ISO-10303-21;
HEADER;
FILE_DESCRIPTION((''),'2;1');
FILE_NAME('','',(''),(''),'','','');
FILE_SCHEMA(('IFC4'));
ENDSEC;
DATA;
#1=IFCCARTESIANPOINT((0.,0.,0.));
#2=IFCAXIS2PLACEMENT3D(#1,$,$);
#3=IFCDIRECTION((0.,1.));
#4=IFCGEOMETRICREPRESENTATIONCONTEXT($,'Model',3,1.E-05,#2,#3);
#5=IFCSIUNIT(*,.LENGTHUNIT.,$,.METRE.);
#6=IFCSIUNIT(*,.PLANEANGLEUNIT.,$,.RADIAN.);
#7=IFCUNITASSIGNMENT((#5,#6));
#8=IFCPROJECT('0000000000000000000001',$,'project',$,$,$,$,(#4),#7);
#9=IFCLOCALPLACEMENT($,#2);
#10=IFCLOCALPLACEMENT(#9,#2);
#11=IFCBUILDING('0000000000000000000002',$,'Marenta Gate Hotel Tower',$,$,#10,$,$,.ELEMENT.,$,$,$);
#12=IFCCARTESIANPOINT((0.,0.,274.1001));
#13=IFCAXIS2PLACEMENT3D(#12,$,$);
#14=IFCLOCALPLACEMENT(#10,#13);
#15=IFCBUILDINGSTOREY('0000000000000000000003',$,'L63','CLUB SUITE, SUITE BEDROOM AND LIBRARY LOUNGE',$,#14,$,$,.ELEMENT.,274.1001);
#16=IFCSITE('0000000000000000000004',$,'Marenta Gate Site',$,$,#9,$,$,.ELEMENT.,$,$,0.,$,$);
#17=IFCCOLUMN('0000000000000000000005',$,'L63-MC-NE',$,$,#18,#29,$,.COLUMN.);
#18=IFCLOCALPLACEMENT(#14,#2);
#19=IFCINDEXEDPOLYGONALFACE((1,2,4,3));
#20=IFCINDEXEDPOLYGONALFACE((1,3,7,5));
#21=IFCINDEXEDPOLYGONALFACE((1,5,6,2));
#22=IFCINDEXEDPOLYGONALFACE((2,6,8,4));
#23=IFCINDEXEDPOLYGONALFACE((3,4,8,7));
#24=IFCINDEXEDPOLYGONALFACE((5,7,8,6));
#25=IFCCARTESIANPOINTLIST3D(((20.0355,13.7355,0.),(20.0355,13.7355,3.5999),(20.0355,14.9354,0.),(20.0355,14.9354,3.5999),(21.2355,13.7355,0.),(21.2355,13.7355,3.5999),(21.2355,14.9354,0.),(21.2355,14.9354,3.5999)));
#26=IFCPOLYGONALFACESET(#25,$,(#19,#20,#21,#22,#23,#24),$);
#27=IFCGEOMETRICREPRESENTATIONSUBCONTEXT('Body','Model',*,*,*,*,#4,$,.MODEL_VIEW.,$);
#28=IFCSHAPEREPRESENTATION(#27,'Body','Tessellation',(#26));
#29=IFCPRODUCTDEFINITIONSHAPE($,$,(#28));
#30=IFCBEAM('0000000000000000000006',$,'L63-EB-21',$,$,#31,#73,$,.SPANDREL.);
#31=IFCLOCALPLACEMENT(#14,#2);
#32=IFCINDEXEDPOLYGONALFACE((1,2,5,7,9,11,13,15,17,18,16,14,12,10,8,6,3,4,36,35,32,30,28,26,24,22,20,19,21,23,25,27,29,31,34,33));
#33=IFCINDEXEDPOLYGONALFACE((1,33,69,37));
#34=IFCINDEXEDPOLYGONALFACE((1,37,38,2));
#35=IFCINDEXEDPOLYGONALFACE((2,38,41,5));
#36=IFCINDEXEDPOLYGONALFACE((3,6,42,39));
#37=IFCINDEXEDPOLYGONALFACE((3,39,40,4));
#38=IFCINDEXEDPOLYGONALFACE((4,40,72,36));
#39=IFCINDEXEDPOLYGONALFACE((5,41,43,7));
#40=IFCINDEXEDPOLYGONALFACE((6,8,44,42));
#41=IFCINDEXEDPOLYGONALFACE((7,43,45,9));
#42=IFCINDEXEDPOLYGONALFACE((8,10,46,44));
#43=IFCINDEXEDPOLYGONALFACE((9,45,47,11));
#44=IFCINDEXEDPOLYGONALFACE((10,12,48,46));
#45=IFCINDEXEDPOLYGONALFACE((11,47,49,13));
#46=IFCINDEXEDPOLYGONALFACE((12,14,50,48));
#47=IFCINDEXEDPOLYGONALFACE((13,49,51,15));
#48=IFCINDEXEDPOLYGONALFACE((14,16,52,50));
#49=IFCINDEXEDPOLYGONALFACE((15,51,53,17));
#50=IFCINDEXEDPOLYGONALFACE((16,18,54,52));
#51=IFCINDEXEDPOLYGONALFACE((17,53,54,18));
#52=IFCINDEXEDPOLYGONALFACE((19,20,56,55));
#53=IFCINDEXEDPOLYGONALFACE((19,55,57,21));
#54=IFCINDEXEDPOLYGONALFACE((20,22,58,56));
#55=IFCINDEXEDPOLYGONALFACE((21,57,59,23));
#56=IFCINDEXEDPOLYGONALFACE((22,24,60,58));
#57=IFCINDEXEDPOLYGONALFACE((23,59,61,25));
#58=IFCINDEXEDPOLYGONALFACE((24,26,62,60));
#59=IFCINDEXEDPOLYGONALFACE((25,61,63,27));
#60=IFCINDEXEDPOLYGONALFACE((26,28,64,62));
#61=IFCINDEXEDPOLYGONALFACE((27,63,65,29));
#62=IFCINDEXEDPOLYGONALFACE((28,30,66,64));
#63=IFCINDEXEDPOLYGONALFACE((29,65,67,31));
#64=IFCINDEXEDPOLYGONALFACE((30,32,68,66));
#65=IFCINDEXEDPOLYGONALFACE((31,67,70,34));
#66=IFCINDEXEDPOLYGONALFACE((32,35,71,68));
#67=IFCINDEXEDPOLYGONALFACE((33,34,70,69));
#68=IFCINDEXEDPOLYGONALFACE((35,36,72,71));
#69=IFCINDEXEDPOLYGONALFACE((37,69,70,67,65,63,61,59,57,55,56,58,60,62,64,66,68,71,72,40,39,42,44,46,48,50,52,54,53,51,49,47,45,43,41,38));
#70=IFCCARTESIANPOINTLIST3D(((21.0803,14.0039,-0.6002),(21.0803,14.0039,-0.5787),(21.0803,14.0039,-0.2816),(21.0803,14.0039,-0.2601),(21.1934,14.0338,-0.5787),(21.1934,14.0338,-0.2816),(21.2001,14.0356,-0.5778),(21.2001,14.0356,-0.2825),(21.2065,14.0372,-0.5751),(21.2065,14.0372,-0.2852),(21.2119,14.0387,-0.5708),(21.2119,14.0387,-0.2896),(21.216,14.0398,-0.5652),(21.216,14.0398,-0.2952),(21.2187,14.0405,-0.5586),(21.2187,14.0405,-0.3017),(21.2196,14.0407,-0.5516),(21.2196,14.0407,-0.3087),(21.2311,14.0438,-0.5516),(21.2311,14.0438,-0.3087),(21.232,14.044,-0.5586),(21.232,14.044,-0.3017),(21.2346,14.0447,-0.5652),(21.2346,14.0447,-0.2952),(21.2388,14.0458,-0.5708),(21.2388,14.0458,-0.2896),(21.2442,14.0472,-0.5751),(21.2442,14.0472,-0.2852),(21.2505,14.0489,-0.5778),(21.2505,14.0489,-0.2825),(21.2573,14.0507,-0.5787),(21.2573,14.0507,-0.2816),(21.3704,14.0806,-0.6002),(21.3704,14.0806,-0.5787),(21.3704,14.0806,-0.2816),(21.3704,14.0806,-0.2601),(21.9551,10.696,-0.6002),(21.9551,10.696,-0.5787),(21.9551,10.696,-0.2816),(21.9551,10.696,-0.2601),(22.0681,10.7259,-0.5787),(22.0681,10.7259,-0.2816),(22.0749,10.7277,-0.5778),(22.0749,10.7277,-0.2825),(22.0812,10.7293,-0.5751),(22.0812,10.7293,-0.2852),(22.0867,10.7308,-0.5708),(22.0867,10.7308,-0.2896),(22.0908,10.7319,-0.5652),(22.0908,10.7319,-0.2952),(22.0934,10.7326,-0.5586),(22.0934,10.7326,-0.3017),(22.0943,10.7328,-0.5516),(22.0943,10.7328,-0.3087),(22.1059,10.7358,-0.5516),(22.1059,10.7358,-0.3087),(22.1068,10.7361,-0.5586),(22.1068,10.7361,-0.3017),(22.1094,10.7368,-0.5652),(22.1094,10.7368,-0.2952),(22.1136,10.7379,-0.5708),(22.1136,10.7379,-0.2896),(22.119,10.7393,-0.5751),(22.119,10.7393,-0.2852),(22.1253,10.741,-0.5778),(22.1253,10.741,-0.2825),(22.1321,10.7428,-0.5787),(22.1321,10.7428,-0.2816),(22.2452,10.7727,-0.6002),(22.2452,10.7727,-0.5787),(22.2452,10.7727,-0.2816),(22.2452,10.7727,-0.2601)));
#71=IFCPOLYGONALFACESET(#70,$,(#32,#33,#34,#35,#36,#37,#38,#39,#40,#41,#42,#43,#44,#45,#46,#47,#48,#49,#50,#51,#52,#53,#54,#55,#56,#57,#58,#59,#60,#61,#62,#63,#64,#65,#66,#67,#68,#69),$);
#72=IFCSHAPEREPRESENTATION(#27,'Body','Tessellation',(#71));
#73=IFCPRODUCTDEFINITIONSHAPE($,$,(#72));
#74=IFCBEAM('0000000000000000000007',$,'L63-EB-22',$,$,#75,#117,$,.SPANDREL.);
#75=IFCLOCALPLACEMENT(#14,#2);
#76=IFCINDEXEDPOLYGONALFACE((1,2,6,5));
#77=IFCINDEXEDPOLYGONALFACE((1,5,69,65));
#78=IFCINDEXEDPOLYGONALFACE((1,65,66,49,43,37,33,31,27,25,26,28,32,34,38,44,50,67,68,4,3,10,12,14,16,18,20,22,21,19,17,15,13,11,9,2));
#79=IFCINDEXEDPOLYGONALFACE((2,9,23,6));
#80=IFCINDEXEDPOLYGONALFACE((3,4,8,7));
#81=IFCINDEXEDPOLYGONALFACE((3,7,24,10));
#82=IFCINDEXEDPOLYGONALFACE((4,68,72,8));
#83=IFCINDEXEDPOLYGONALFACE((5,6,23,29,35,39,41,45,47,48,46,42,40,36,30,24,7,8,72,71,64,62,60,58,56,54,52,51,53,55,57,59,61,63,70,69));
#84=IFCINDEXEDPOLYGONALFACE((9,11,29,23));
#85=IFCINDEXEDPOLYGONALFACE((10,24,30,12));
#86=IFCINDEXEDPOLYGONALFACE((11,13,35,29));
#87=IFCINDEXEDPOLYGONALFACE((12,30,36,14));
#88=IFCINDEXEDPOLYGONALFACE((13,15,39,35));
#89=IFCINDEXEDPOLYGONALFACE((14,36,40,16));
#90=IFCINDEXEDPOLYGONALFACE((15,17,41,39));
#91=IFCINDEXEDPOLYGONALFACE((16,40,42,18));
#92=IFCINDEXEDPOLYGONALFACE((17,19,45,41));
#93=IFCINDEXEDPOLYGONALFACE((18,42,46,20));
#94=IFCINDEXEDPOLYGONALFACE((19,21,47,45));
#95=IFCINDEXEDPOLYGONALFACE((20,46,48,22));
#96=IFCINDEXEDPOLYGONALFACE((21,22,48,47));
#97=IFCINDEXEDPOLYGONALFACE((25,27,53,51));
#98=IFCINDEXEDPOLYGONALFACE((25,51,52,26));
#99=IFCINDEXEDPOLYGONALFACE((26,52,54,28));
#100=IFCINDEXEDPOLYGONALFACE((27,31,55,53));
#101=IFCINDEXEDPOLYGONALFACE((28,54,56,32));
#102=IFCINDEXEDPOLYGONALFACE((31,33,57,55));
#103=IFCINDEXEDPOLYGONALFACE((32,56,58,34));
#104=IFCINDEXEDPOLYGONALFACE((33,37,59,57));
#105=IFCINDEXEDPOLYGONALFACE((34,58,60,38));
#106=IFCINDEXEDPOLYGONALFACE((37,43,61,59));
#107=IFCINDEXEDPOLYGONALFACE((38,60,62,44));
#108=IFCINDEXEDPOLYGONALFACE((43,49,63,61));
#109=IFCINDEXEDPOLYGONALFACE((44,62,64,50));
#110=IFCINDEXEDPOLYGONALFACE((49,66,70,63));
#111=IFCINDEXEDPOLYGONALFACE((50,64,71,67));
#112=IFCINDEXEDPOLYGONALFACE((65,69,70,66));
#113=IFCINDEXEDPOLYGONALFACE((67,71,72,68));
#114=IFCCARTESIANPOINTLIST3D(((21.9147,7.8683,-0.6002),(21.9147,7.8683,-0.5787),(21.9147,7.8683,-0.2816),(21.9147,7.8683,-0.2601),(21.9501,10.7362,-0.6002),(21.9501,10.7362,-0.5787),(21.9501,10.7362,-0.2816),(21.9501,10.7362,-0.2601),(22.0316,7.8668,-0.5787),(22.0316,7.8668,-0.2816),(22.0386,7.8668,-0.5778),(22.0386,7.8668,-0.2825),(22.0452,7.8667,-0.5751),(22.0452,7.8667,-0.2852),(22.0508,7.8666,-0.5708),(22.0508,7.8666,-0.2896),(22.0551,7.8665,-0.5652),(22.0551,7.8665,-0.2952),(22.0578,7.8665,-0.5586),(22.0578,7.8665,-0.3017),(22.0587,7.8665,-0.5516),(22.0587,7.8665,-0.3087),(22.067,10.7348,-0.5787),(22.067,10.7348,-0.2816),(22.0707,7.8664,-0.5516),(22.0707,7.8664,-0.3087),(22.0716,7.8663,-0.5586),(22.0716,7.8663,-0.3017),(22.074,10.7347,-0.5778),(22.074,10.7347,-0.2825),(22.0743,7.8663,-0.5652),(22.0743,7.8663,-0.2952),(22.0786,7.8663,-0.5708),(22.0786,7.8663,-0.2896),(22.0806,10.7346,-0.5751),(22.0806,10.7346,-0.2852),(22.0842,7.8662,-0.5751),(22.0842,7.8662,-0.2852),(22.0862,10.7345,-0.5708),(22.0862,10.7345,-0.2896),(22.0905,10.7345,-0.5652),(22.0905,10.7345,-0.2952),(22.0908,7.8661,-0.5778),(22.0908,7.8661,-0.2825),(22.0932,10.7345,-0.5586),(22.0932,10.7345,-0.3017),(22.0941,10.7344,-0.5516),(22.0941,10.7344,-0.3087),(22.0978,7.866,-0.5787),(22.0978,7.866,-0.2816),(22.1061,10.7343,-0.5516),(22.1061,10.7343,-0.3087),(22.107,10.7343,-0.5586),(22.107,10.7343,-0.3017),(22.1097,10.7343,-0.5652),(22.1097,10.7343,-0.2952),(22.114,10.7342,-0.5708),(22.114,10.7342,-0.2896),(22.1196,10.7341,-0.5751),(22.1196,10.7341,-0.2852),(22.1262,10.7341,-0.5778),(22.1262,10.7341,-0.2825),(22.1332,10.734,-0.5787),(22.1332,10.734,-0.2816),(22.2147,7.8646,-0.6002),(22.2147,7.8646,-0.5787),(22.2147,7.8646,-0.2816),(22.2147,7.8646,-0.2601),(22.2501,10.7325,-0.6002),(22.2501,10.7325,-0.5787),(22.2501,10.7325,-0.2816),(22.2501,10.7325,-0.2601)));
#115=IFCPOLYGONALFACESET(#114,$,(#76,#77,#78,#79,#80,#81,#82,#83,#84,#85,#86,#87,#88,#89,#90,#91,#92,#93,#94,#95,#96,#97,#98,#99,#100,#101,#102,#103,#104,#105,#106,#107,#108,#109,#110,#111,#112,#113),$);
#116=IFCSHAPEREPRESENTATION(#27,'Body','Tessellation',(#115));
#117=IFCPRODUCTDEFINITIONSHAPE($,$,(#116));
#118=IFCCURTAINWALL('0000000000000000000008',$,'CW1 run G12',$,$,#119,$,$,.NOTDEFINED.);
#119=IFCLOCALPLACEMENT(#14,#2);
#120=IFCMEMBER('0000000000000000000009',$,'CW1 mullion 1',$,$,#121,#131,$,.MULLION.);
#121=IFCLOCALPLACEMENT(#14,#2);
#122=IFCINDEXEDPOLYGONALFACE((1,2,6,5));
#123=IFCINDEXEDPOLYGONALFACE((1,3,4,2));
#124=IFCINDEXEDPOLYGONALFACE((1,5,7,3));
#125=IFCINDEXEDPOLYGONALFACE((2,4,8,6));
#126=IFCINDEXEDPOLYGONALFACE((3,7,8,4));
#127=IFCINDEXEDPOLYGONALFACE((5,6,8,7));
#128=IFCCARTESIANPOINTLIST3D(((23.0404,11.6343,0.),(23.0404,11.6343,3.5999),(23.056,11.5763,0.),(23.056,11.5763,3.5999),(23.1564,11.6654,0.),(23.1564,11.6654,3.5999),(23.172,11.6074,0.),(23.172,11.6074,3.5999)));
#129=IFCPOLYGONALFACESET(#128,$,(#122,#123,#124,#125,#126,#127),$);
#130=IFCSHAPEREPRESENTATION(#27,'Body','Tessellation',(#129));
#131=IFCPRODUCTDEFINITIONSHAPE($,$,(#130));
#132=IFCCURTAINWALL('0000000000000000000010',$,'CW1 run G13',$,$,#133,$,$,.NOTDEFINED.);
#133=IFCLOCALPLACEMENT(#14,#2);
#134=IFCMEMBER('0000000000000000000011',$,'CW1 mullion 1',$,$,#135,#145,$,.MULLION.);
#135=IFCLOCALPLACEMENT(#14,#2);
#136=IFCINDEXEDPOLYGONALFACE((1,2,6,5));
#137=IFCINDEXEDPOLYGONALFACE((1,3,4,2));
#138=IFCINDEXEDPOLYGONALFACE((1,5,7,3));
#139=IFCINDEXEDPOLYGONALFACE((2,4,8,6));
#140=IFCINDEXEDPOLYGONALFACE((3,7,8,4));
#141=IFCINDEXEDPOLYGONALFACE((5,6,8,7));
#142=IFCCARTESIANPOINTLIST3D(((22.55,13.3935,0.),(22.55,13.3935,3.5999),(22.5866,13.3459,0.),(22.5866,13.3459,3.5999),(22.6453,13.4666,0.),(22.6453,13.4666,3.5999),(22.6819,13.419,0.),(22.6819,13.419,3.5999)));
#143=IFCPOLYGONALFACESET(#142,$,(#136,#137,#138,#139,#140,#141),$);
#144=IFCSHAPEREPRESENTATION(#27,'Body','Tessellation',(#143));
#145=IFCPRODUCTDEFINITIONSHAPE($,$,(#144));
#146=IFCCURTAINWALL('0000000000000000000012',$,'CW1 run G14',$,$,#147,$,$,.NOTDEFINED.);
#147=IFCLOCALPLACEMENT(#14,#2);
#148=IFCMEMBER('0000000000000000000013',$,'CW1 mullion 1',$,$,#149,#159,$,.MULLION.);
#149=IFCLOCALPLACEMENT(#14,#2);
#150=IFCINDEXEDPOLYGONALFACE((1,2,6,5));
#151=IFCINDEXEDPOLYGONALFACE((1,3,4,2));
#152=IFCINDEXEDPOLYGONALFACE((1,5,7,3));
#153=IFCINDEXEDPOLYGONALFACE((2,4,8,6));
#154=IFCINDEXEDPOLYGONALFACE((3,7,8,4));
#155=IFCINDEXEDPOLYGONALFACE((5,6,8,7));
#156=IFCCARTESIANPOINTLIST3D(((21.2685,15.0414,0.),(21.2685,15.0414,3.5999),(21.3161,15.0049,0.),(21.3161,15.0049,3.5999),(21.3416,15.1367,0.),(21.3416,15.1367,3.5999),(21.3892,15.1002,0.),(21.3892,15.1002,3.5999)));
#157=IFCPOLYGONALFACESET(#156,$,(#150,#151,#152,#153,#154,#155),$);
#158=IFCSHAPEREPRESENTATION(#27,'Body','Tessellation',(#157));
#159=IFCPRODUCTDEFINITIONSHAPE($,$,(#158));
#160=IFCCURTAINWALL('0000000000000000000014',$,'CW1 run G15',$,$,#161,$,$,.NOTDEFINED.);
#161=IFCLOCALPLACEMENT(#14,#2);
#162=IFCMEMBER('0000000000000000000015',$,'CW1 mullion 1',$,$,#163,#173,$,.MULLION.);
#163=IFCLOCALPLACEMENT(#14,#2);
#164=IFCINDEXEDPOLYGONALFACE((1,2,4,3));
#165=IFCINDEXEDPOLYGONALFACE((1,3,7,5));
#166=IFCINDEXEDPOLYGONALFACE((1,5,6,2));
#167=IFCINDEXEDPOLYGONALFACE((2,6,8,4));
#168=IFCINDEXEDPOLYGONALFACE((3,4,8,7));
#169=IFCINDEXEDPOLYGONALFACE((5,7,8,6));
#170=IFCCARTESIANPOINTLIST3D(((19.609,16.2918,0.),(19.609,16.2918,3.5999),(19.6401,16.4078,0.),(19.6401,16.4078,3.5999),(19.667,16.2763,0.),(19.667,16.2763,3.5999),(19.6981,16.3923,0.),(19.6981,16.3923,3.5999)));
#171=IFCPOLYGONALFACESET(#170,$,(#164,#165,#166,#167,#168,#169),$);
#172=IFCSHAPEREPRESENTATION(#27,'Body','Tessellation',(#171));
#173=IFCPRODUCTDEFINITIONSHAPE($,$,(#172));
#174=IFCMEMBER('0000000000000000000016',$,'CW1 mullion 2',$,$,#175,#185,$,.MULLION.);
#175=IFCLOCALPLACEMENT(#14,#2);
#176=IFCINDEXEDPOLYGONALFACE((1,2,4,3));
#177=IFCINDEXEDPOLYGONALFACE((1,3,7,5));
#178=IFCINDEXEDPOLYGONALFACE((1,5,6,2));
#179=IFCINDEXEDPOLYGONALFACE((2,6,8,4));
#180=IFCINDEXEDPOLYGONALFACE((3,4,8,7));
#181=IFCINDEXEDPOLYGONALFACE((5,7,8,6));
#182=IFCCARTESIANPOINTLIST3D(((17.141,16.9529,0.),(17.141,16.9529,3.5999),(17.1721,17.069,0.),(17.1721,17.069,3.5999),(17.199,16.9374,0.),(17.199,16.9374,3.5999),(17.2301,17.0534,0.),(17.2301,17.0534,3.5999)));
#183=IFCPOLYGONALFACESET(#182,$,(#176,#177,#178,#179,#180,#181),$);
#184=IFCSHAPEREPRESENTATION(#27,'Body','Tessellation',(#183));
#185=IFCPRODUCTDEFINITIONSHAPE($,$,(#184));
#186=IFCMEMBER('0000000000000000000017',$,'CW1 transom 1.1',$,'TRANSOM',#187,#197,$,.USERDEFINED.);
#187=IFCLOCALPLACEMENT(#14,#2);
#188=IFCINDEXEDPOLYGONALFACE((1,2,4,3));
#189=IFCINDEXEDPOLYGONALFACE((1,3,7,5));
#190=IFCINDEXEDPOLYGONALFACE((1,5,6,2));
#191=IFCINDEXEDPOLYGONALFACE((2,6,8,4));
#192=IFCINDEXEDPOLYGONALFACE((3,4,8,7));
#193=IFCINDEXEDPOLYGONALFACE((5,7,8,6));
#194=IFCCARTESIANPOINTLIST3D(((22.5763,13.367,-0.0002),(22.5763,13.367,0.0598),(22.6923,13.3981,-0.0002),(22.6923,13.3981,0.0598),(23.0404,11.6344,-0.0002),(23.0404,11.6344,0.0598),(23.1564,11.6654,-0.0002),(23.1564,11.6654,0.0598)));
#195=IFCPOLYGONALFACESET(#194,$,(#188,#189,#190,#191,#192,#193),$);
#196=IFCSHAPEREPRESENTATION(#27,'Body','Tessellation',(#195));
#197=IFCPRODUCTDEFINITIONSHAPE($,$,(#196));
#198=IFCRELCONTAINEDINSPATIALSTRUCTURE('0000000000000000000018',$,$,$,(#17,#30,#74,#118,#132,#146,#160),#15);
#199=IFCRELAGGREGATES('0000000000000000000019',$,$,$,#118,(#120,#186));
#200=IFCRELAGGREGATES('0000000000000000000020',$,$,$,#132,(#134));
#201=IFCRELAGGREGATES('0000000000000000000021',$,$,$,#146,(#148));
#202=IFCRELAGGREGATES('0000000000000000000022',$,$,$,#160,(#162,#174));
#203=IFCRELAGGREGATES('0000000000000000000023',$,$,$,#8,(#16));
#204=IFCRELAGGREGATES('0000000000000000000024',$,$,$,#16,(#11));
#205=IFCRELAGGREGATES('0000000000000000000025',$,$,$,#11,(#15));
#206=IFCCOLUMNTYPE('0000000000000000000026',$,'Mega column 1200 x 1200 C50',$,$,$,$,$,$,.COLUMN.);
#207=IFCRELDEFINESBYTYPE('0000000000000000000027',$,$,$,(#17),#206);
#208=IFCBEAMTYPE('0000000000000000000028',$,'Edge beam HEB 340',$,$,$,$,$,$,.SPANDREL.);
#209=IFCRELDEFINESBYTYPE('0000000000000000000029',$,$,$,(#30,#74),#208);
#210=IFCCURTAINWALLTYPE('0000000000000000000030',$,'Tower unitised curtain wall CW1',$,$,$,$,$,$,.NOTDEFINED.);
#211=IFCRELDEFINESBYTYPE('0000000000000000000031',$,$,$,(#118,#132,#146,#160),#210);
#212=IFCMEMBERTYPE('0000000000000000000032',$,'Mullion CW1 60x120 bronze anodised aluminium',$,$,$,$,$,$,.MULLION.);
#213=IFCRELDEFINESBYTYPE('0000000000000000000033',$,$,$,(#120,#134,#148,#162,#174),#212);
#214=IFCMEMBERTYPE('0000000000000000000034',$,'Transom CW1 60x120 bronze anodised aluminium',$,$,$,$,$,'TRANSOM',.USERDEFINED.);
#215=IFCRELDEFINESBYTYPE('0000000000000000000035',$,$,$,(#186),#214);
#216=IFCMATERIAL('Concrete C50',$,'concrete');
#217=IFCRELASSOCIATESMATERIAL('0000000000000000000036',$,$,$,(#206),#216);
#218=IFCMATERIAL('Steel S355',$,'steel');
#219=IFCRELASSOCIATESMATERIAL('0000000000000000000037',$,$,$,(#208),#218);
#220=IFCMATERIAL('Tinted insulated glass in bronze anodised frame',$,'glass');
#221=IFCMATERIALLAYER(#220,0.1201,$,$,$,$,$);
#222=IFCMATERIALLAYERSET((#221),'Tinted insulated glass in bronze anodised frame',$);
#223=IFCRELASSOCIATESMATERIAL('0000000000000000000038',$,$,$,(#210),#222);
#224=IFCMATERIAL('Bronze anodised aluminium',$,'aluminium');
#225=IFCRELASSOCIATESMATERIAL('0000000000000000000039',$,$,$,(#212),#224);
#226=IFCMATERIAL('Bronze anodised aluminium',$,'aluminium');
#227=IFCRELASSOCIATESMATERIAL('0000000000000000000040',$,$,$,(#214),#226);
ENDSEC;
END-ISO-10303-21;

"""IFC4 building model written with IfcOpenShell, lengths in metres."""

from ifc_helpers import new_model, si_unit, direction, frame, origin, origin_2d, place, context, subcontext, project, spatial, rectangle, i_section, extrude, material, layer, layer_set, material_profile, profile_set, type_object, element, aggregate, save


model = new_model("IFC4")

# Units and contexts
model_context = context("Model", 3, precision=1e-05, world=origin(), true_north=direction((0.0, 1.0)))
body_context = subcontext(model_context, "Body", "Model", "MODEL_VIEW")
ifc_project = project(units=[si_unit("LENGTHUNIT", "METRE"), si_unit("PLANEANGLEUNIT", "RADIAN")], contexts=[model_context])

# Site, building, storey
site_placement = place(None, origin())
site = spatial("IfcSite", under=ifc_project, at=site_placement, Name="Marenta Gate Site", CompositionType="ELEMENT", RefElevation=0.0)
building_placement = place(site_placement, origin())
building = spatial("IfcBuilding", under=site, at=building_placement, Name="Marenta Gate Hotel Tower", CompositionType="ELEMENT")
storey_placement = place(building_placement, frame((0.0, 0.0, 274.1001)))
storey = spatial("IfcBuildingStorey", under=building, at=storey_placement, Name="L63", Description="CLUB SUITE, SUITE BEDROOM AND LIBRARY LOUNGE", CompositionType="ELEMENT", Elevation=274.1001)

# Column
ifc_material_1 = material(Name="Concrete C50", Category="concrete")
ifc_material_profile_1 = material_profile(ifc_material_1, rectangle(XDim=1.2, YDim=1.2, at=origin_2d()), Name="1200 x 1200")
ifc_profile_set_1 = profile_set([ifc_material_profile_1], Name="Concrete C50")
column_type = type_object("IfcColumnType", Name="Mega column 1200 x 1200 C50", PredefinedType="COLUMN", material=ifc_profile_set_1)
column_placement = place(storey_placement, frame((20.6355, 14.3354, 0.0), z_axis=(0.0, 0.0, 1.0), x_axis=(1.0, 0.0, 0.0)))
element("IfcColumn", 1, at=column_placement, inside=storey, type_object=column_type, Name="L63-MC-NE", PredefinedType="COLUMN", context=body_context, shape_type="SweptSolid", body=[
    extrude(rectangle(XDim=1.2, YDim=1.2, at=origin_2d()), origin(), (0.0, 0.0, 1.0), 3.5999),
])

# Beams
ifc_material_2 = material(Name="Steel S355", Category="steel")
ifc_material_profile_2 = material_profile(ifc_material_2, i_section(OverallWidth=0.3, OverallDepth=0.3401, WebThickness=0.012, FlangeThickness=0.0215, FilletRadius=0.0271, at=origin_2d()), Name="HEB 340")
ifc_profile_set_2 = profile_set([ifc_material_profile_2], Name="Steel S355")
beam_type = type_object("IfcBeamType", Name="Edge beam HEB 340", PredefinedType="SPANDREL", material=ifc_profile_set_2)
beam_1_placement = place(storey_placement, frame((21.2253, 14.0422, -0.4302), z_axis=(0.255659, -0.966767, 0.0), x_axis=(0.966767, 0.255659, 0.0)))
element("IfcBeam", 2, at=beam_1_placement, inside=storey, type_object=beam_type, Name="L63-EB-21", PredefinedType="SPANDREL", context=body_context, shape_type="SweptSolid", body=[
    extrude(i_section(OverallWidth=0.3, OverallDepth=0.3401, WebThickness=0.012, FlangeThickness=0.0215, FilletRadius=0.0271, at=origin_2d()), origin(), (0.0, 0.0, 1.0), 3.4216),
])
beam_2_placement = place(storey_placement, frame((22.1001, 10.7344, -0.4302), z_axis=(-0.012343, -0.999924, 0.0), x_axis=(0.999924, -0.012343, 0.0)))
element("IfcBeam", 3, at=beam_2_placement, inside=storey, type_object=beam_type, Name="L63-EB-22", PredefinedType="SPANDREL", context=body_context, shape_type="SweptSolid", body=[
    extrude(i_section(OverallWidth=0.3, OverallDepth=0.3401, WebThickness=0.012, FlangeThickness=0.0215, FilletRadius=0.0271, at=origin_2d()), origin(), (0.0, 0.0, 1.0), 2.8682),
])

# Curtain walls, members
ifc_material_3 = material(Name="Tinted insulated glass in bronze anodised frame", Category="glass")
ifc_layer_1 = layer(ifc_material_3, 0.1201)
ifc_layer_set_1 = layer_set([ifc_layer_1], Name="Tinted insulated glass in bronze anodised frame")
curtain_wall_type = type_object("IfcCurtainWallType", Name="Tower unitised curtain wall CW1", PredefinedType="NOTDEFINED", material=ifc_layer_set_1)
curtain_wall_1_placement = place(storey_placement, origin())
curtain_wall_1 = element("IfcCurtainWall", 4, at=curtain_wall_1_placement, inside=storey, type_object=curtain_wall_type, Name="CW1 run G12", PredefinedType="NOTDEFINED")
ifc_material_4 = material(Name="Bronze anodised aluminium", Category="aluminium")
ifc_material_profile_3 = material_profile(ifc_material_4, rectangle(XDim=0.1201, YDim=0.0601, at=origin_2d()), Name="Mullion CW1 60x120 bronze anodised aluminium")
ifc_profile_set_3 = profile_set([ifc_material_profile_3], Name="Bronze anodised aluminium")
member_type_1 = type_object("IfcMemberType", Name="Mullion CW1 60x120 bronze anodised aluminium", PredefinedType="MULLION", material=ifc_profile_set_3)
member_1_placement = place(storey_placement, frame((23.1062, 11.6208, 0.0), z_axis=(0.0, 0.0, 1.0), x_axis=(-0.965924, -0.258824, 0.0)))
member_1 = element("IfcMember", 5, at=member_1_placement, type_object=member_type_1, Name="CW1 mullion 1", PredefinedType="MULLION", context=body_context, shape_type="SweptSolid", body=[
    extrude(rectangle(XDim=0.1201, YDim=0.0601, at=origin_2d()), origin(), (0.0, 0.0, 1.0), 3.5999),
])
curtain_wall_2_placement = place(storey_placement, origin())
curtain_wall_2 = element("IfcCurtainWall", 6, at=curtain_wall_2_placement, inside=storey, type_object=curtain_wall_type, Name="CW1 run G13", PredefinedType="NOTDEFINED")
member_2_placement = place(storey_placement, frame((22.616, 13.4062, 0.0), z_axis=(0.0, 0.0, 1.0), x_axis=(-0.793333, -0.608787, 0.0)))
member_2 = element("IfcMember", 7, at=member_2_placement, type_object=member_type_1, Name="CW1 mullion 1", PredefinedType="MULLION", context=body_context, shape_type="SweptSolid", body=[
    extrude(rectangle(XDim=0.1201, YDim=0.0601, at=origin_2d()), origin(), (0.0, 0.0, 1.0), 3.5999),
])
curtain_wall_3_placement = place(storey_placement, origin())
curtain_wall_3 = element("IfcCurtainWall", 8, at=curtain_wall_3_placement, inside=storey, type_object=curtain_wall_type, Name="CW1 run G14", PredefinedType="NOTDEFINED")
member_3_placement = place(storey_placement, frame((21.3289, 15.0708, 0.0), z_axis=(0.0, 0.0, 1.0), x_axis=(-0.608787, -0.793333, 0.0)))
member_3 = element("IfcMember", 9, at=member_3_placement, type_object=member_type_1, Name="CW1 mullion 1", PredefinedType="MULLION", context=body_context, shape_type="SweptSolid", body=[
    extrude(rectangle(XDim=0.1201, YDim=0.0601, at=origin_2d()), origin(), (0.0, 0.0, 1.0), 3.5999),
])

# Curtain wall, members
curtain_wall_4_placement = place(storey_placement, origin())
curtain_wall_4 = element("IfcCurtainWall", 10, at=curtain_wall_4_placement, inside=storey, type_object=curtain_wall_type, Name="CW1 run G15", PredefinedType="NOTDEFINED")
member_4_placement = place(storey_placement, frame((19.6536, 16.342, 0.0), z_axis=(0.0, 0.0, 1.0), x_axis=(-0.258805, -0.96593, 0.0)))
member_4 = element("IfcMember", 11, at=member_4_placement, type_object=member_type_1, Name="CW1 mullion 1", PredefinedType="MULLION", context=body_context, shape_type="SweptSolid", body=[
    extrude(rectangle(XDim=0.1201, YDim=0.0601, at=origin_2d()), origin(), (0.0, 0.0, 1.0), 3.5999),
])
member_5_placement = place(storey_placement, frame((17.1855, 17.0032, 0.0), z_axis=(0.0, 0.0, 1.0), x_axis=(-0.258805, -0.96593, 0.0)))
member_5 = element("IfcMember", 12, at=member_5_placement, type_object=member_type_1, Name="CW1 mullion 2", PredefinedType="MULLION", context=body_context, shape_type="SweptSolid", body=[
    extrude(rectangle(XDim=0.1201, YDim=0.0601, at=origin_2d()), origin(), (0.0, 0.0, 1.0), 3.5999),
])

# Member
ifc_material_5 = material(Name="Bronze anodised aluminium", Category="aluminium")
ifc_material_profile_4 = material_profile(ifc_material_5, rectangle(XDim=0.1201, YDim=0.0601, at=origin_2d()), Name="Transom CW1 60x120 bronze anodised aluminium")
ifc_profile_set_4 = profile_set([ifc_material_profile_4], Name="Bronze anodised aluminium")
member_type_2 = type_object("IfcMemberType", Name="Transom CW1 60x120 bronze anodised aluminium", ElementType="TRANSOM", PredefinedType="USERDEFINED", material=ifc_profile_set_4)
member_6_placement = place(storey_placement, frame((23.0984, 11.6499, 0.0298), z_axis=(-0.258738, 0.965947, 0.0), x_axis=(-0.965947, -0.258738, 0.0)))
member_6 = element("IfcMember", 13, at=member_6_placement, type_object=member_type_2, Name="CW1 transom 1.1", ObjectType="TRANSOM", PredefinedType="USERDEFINED", context=body_context, shape_type="SweptSolid", body=[
    extrude(rectangle(XDim=0.1201, YDim=0.0601, at=origin_2d()), origin(), (0.0, 0.0, 1.0), 1.7937),
])

aggregate(curtain_wall_1, [member_1, member_6])
aggregate(curtain_wall_2, [member_2])
aggregate(curtain_wall_3, [member_3])
aggregate(curtain_wall_4, [member_4, member_5])

save(model, "model.ifc")
